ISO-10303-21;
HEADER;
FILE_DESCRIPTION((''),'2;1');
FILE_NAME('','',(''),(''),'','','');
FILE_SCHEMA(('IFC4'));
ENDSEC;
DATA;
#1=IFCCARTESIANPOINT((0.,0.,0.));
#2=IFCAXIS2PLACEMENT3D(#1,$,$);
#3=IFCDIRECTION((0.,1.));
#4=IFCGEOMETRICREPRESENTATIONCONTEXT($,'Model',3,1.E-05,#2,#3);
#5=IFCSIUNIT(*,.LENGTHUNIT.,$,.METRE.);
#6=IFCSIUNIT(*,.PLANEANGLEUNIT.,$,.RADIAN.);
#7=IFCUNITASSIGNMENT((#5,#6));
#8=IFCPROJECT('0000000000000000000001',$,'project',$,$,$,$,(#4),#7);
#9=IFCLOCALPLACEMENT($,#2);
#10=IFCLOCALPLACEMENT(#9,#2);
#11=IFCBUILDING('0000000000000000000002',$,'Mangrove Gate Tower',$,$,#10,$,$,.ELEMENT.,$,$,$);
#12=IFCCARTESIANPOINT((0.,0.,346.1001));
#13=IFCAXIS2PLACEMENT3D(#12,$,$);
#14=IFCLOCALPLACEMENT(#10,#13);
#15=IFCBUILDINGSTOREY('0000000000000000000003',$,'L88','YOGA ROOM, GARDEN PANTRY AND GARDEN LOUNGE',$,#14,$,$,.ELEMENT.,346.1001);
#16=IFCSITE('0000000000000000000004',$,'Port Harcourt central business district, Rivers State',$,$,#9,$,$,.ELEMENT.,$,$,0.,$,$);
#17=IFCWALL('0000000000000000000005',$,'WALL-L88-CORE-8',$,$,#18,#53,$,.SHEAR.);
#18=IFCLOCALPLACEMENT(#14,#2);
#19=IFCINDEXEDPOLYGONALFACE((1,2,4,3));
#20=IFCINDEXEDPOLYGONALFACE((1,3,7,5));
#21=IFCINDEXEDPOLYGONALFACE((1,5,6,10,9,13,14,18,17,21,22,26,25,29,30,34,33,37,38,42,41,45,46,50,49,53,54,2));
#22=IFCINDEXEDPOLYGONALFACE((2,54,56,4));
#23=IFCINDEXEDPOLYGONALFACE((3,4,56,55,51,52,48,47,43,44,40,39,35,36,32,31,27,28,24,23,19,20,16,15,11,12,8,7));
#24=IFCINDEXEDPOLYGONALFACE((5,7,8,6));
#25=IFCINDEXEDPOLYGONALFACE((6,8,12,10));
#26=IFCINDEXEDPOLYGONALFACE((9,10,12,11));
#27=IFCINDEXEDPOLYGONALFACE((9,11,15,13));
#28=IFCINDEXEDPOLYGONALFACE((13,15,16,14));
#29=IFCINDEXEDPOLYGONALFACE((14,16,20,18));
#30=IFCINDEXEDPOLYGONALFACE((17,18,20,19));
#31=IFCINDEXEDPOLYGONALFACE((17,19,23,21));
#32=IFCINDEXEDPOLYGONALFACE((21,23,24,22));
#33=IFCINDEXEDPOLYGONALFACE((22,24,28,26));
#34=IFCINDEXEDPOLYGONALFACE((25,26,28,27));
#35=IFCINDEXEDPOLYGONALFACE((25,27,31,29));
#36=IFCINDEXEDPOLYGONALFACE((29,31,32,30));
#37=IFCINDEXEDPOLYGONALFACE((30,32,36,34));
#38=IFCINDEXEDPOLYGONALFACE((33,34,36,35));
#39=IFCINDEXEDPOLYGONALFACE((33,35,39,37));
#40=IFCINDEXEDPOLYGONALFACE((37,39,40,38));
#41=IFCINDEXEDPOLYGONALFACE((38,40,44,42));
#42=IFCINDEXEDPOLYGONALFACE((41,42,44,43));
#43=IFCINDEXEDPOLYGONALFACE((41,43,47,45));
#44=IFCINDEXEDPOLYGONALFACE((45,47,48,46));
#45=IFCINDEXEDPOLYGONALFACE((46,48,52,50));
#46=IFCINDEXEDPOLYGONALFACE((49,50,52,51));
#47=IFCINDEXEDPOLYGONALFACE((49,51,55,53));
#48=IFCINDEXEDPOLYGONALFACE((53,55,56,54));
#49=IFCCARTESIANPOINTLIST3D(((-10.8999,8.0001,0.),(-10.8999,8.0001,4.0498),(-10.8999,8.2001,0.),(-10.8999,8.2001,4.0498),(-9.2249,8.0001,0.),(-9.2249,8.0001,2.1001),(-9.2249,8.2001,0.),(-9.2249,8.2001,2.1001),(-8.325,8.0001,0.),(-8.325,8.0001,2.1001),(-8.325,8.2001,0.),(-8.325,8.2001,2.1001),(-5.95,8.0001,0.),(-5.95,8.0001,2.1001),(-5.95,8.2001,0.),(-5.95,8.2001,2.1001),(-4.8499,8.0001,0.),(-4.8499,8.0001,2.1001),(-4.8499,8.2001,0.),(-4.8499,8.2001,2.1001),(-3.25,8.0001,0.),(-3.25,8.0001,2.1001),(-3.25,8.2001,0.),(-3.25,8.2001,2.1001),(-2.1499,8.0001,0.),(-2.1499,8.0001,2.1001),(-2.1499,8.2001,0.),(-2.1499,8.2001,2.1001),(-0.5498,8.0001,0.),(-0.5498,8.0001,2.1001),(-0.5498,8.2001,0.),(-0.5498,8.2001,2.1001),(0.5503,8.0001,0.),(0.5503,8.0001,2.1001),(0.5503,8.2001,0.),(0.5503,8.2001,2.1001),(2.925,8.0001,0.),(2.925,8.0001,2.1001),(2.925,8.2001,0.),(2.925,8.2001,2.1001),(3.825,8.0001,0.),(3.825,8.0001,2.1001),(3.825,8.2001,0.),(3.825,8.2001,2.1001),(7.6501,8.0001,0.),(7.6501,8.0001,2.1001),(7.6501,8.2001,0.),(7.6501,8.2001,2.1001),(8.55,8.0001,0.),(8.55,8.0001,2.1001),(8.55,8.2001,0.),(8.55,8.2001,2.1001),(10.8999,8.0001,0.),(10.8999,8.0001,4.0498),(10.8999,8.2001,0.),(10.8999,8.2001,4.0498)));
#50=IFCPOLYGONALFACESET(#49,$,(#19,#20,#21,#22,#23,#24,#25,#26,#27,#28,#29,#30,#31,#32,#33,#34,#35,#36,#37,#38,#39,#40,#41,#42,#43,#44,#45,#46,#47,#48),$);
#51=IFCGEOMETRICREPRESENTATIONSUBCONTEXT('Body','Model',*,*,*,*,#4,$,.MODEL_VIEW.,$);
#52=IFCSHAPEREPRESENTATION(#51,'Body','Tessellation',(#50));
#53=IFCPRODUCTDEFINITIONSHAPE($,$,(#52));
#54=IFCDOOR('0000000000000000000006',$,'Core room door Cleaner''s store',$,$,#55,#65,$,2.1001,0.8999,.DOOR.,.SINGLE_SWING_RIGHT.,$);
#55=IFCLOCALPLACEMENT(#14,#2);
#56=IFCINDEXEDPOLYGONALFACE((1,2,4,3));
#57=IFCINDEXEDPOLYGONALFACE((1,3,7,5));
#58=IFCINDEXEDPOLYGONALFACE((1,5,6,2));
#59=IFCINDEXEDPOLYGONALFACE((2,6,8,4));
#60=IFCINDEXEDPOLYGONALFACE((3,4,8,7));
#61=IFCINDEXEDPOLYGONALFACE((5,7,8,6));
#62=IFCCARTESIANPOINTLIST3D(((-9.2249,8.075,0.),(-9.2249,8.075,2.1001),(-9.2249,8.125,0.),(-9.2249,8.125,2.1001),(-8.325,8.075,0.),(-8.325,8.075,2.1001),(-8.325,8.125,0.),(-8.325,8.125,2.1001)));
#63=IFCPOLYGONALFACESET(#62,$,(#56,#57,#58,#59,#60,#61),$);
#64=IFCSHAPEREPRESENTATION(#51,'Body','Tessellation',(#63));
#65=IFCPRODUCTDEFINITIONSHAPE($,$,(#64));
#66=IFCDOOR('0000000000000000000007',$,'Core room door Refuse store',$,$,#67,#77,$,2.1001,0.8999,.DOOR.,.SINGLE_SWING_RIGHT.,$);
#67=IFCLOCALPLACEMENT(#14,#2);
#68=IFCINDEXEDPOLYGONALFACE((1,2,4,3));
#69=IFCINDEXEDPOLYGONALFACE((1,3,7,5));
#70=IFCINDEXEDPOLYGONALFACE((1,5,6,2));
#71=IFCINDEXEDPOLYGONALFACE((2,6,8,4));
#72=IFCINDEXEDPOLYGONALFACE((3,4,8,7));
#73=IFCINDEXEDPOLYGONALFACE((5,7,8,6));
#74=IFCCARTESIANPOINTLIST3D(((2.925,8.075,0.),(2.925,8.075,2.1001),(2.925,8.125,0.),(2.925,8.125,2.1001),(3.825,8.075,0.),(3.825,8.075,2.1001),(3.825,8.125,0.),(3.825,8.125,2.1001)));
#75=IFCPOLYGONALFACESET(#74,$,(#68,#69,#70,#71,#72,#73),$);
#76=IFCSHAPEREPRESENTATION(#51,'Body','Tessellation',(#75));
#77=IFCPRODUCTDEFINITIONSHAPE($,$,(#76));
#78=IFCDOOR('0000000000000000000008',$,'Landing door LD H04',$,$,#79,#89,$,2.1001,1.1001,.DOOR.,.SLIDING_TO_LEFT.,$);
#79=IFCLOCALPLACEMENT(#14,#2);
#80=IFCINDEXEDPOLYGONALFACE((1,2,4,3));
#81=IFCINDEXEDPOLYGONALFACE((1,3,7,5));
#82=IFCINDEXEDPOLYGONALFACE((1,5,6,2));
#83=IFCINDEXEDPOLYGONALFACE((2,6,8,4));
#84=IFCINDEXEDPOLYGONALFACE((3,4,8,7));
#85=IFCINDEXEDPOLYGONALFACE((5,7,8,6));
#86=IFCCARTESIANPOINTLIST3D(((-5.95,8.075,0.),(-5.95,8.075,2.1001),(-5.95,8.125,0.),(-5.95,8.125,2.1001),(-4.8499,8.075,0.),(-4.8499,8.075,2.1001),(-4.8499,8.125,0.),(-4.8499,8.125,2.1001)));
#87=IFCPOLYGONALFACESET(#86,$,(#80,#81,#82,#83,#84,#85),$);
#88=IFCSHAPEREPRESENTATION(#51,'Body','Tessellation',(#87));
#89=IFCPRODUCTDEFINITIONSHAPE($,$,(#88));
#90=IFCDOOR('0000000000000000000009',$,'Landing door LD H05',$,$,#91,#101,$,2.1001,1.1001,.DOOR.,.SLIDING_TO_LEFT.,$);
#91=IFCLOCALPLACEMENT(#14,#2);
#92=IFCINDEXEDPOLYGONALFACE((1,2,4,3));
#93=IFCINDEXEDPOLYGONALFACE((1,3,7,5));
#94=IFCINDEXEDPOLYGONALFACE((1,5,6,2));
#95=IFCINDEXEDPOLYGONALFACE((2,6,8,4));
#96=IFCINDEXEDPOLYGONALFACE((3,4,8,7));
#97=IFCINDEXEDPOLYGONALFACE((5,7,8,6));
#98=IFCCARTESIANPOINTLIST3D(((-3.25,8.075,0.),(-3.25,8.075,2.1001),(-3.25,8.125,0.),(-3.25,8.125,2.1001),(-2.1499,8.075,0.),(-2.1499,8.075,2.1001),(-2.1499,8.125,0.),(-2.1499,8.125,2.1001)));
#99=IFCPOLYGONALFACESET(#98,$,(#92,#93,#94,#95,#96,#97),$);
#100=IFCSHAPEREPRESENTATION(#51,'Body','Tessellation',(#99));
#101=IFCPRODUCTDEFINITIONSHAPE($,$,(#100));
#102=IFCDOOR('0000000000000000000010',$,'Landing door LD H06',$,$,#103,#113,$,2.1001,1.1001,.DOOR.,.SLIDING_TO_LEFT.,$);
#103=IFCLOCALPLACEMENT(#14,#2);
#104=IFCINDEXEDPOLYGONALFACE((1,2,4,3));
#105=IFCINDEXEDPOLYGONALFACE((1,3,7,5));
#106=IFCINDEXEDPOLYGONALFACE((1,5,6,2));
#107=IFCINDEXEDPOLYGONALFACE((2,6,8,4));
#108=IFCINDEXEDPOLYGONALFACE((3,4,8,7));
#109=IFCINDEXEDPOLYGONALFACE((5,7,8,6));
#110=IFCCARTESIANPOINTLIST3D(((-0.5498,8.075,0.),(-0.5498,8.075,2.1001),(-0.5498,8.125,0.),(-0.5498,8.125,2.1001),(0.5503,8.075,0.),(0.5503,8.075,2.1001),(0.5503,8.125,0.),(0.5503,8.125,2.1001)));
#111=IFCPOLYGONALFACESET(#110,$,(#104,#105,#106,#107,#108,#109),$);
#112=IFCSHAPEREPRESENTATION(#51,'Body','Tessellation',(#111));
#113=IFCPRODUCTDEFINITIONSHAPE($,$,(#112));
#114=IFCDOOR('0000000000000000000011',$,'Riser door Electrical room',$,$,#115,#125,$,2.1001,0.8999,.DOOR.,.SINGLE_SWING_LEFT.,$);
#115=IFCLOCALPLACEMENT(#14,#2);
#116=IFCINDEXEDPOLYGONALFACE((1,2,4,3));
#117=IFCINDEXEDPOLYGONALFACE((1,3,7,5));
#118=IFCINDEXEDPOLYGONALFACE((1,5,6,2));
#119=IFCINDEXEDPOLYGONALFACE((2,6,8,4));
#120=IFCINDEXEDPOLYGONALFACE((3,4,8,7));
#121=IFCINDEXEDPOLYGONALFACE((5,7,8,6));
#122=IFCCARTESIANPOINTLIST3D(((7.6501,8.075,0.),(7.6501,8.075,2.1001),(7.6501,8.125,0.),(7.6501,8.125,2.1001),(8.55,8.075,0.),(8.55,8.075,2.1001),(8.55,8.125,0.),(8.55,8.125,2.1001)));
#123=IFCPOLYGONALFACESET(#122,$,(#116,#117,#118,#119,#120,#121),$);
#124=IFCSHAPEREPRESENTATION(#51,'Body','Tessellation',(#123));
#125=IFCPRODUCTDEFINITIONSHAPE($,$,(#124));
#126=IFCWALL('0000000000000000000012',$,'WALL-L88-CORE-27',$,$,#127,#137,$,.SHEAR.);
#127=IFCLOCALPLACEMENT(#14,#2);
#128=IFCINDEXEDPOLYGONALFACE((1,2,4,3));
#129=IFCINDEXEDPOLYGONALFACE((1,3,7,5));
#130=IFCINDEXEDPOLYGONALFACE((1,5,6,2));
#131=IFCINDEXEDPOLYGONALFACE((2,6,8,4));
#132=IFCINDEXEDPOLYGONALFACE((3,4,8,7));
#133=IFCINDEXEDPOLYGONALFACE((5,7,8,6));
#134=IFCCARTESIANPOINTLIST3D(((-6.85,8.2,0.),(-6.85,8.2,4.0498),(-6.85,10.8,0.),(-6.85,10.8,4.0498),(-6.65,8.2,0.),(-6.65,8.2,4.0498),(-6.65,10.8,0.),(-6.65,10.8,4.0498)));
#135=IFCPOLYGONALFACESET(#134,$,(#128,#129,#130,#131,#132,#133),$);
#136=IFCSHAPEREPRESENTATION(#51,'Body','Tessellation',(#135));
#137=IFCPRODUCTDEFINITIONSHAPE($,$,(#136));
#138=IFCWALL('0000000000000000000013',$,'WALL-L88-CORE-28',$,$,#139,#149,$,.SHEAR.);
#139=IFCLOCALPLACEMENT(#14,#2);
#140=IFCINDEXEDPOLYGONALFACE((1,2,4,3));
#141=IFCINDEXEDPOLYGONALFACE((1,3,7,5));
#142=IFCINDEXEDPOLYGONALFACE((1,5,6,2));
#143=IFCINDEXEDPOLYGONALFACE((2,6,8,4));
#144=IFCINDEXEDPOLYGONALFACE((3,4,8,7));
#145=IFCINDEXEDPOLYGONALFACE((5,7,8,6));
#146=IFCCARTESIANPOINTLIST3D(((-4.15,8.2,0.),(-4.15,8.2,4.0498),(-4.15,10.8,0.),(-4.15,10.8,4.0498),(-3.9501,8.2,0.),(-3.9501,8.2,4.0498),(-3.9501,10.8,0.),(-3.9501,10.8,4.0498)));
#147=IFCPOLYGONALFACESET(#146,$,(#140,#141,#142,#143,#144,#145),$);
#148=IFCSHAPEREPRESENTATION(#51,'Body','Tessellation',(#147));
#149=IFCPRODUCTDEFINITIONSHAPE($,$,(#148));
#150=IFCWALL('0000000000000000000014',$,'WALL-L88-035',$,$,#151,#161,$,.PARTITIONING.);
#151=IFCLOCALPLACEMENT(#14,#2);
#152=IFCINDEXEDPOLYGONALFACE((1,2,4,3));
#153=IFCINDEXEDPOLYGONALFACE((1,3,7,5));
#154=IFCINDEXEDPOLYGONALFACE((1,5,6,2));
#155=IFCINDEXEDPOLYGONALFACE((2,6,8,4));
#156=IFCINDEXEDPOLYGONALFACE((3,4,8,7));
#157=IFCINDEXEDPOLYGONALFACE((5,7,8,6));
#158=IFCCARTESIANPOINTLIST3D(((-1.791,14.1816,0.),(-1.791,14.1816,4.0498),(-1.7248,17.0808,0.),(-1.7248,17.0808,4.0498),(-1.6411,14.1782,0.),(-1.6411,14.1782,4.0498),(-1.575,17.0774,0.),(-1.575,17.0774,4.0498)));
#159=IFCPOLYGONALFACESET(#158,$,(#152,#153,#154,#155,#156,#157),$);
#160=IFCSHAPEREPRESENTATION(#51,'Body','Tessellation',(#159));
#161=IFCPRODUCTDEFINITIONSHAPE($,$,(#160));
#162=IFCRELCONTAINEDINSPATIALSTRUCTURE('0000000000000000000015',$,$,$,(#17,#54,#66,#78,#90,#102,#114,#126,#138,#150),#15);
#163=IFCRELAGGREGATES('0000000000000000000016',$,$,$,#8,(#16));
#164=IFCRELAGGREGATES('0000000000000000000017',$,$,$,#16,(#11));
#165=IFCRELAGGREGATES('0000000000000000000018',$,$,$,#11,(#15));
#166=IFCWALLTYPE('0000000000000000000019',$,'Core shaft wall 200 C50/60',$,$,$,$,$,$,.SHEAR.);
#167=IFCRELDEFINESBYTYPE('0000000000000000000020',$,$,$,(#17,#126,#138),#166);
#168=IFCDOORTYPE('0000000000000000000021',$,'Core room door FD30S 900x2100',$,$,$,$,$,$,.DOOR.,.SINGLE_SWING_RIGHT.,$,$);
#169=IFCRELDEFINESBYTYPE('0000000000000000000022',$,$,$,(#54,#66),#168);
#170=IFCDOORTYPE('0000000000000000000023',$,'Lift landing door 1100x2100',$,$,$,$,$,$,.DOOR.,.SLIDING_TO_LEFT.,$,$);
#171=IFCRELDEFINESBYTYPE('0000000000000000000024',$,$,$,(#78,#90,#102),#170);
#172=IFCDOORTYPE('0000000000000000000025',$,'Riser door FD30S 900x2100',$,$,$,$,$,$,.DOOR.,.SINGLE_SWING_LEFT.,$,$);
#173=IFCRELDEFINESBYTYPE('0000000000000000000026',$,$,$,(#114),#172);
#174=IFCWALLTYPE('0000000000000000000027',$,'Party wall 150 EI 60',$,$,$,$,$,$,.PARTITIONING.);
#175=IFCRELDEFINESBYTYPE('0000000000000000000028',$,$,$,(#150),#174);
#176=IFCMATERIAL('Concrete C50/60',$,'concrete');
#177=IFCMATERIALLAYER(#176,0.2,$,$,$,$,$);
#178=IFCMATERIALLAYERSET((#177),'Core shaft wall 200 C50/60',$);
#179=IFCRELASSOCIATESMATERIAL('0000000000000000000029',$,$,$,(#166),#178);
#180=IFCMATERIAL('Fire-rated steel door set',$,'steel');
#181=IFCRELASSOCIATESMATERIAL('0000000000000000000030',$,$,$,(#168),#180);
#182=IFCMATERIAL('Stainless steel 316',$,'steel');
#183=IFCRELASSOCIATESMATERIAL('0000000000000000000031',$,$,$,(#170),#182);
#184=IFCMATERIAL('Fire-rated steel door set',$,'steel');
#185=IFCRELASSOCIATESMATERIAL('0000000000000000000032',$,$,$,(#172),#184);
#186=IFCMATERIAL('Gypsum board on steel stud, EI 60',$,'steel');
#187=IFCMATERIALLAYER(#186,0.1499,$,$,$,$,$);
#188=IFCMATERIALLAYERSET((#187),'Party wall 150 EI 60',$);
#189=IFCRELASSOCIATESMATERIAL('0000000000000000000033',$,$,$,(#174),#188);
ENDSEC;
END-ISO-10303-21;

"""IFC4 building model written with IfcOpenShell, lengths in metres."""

from ifc_helpers import new_model, si_unit, direction, frame, frame_2d, origin, place, context, subcontext, project, spatial, rectangle, extrude, material, layer, layer_set, type_object, element, fill, save


model = new_model("IFC4")

# Units and contexts
model_context = context("Model", 3, precision=1e-05, world=origin(), true_north=direction((0.0, 1.0)))
body_context = subcontext(model_context, "Body", "Model", "MODEL_VIEW")
ifc_project = project(units=[si_unit("LENGTHUNIT", "METRE"), si_unit("PLANEANGLEUNIT", "RADIAN")], contexts=[model_context])

# Site, building, storey
site_placement = place(None, origin())
site = spatial("IfcSite", under=ifc_project, at=site_placement, Name="Port Harcourt central business district, Rivers State", CompositionType="ELEMENT", RefElevation=0.0)
building_placement = place(site_placement, origin())
building = spatial("IfcBuilding", under=site, at=building_placement, Name="Mangrove Gate Tower", CompositionType="ELEMENT")
storey_placement = place(building_placement, frame((0.0, 0.0, 346.1001)))
storey = spatial("IfcBuildingStorey", under=building, at=storey_placement, Name="L88", Description="YOGA ROOM, GARDEN PANTRY AND GARDEN LOUNGE", CompositionType="ELEMENT", Elevation=346.1001)

# Wall, openings, doors
ifc_material_1 = material(Name="Concrete C50/60", Category="concrete")
ifc_layer_1 = layer(ifc_material_1, 0.2)
ifc_layer_set_1 = layer_set([ifc_layer_1], Name="Core shaft wall 200 C50/60")
wall_type_1 = type_object("IfcWallType", Name="Core shaft wall 200 C50/60", PredefinedType="SHEAR", material=ifc_layer_set_1)
wall_1_placement = place(storey_placement, frame((-10.8999, 8.1001, 0.0), z_axis=(0.0, 0.0, 1.0), x_axis=(1.0, 0.0, 0.0)))
wall_1 = element("IfcWall", 1, at=wall_1_placement, inside=storey, type_object=wall_type_1, Name="WALL-L88-CORE-8", PredefinedType="SHEAR", context=body_context, shape_type="SweptSolid", body=[
    extrude(rectangle(XDim=21.7998, YDim=0.2, at=frame_2d((10.8999, 0.0))), origin(), (0.0, 0.0, 1.0), 4.0498),
])
opening_1_placement = place(wall_1_placement, frame((4.95, 0.0, 0.0)))
opening_1 = element("IfcOpeningElement", 2, at=opening_1_placement, cuts=wall_1, PredefinedType="OPENING", context=body_context, shape_type="SweptSolid", body=[
    extrude(rectangle(XDim=1.1001, YDim=2.1001, at=frame_2d((0.55, 1.05))), frame((0.0, 0.1099, 0.0), z_axis=(0.0, -1.0, 0.0), x_axis=(1.0, 0.0, 0.0)), (0.0, 0.0, 1.0), 0.22),
])
opening_2_placement = place(wall_1_placement, frame((7.6499, 0.0, 0.0)))
opening_2 = element("IfcOpeningElement", 3, at=opening_2_placement, cuts=wall_1, PredefinedType="OPENING", context=body_context, shape_type="SweptSolid", body=[
    extrude(rectangle(XDim=1.1001, YDim=2.1001, at=frame_2d((0.55, 1.05))), frame((0.0, 0.1099, 0.0), z_axis=(0.0, -1.0, 0.0), x_axis=(1.0, 0.0, 0.0)), (0.0, 0.0, 1.0), 0.22),
])
opening_3_placement = place(wall_1_placement, frame((10.3501, 0.0, 0.0)))
opening_3 = element("IfcOpeningElement", 4, at=opening_3_placement, cuts=wall_1, PredefinedType="OPENING", context=body_context, shape_type="SweptSolid", body=[
    extrude(rectangle(XDim=1.1001, YDim=2.1001, at=frame_2d((0.55, 1.05))), frame((0.0, 0.1099, 0.0), z_axis=(0.0, -1.0, 0.0), x_axis=(1.0, 0.0, 0.0)), (0.0, 0.0, 1.0), 0.22),
])
opening_4_placement = place(wall_1_placement, frame((1.675, 0.0, 0.0)))
opening_4 = element("IfcOpeningElement", 5, at=opening_4_placement, cuts=wall_1, PredefinedType="OPENING", context=body_context, shape_type="SweptSolid", body=[
    extrude(rectangle(XDim=0.8999, YDim=2.1001, at=frame_2d((0.45, 1.05))), frame((0.0, 0.1099, 0.0), z_axis=(0.0, -1.0, 0.0), x_axis=(1.0, 0.0, 0.0)), (0.0, 0.0, 1.0), 0.22),
])
opening_5_placement = place(wall_1_placement, frame((13.825, 0.0, 0.0)))
opening_5 = element("IfcOpeningElement", 6, at=opening_5_placement, cuts=wall_1, PredefinedType="OPENING", context=body_context, shape_type="SweptSolid", body=[
    extrude(rectangle(XDim=0.8999, YDim=2.1001, at=frame_2d((0.45, 1.05))), frame((0.0, 0.1099, 0.0), z_axis=(0.0, -1.0, 0.0), x_axis=(1.0, 0.0, 0.0)), (0.0, 0.0, 1.0), 0.22),
])
opening_6_placement = place(wall_1_placement, frame((18.55, 0.0, 0.0)))
opening_6 = element("IfcOpeningElement", 7, at=opening_6_placement, cuts=wall_1, PredefinedType="OPENING", context=body_context, shape_type="SweptSolid", body=[
    extrude(rectangle(XDim=0.8999, YDim=2.1001, at=frame_2d((0.45, 1.05))), frame((0.0, 0.1099, 0.0), z_axis=(0.0, -1.0, 0.0), x_axis=(1.0, 0.0, 0.0)), (0.0, 0.0, 1.0), 0.22),
])
ifc_material_2 = material(Name="Fire-rated steel door set", Category="steel")
door_type_1 = type_object("IfcDoorType", Name="Core room door FD30S 900x2100", OperationType="SINGLE_SWING_RIGHT", PredefinedType="DOOR", material=ifc_material_2)
door_1_placement = place(opening_4_placement, origin())
door_1 = element("IfcDoor", 8, at=door_1_placement, inside=storey, type_object=door_type_1, Name="Core room door Cleaner's store", OperationType="SINGLE_SWING_RIGHT", OverallHeight=2.1001, OverallWidth=0.8999, PredefinedType="DOOR", context=body_context, shape_type="SweptSolid", body=[
    extrude(rectangle(XDim=0.8999, YDim=2.1001, at=frame_2d((0.45, 1.05))), frame((0.0, 0.0249, 0.0), z_axis=(0.0, -1.0, 0.0), x_axis=(1.0, 0.0, 0.0)), (0.0, 0.0, 1.0), 0.05),
])
fill(opening_4, door_1)
door_2_placement = place(opening_5_placement, origin())
door_2 = element("IfcDoor", 9, at=door_2_placement, inside=storey, type_object=door_type_1, Name="Core room door Refuse store", OperationType="SINGLE_SWING_RIGHT", OverallHeight=2.1001, OverallWidth=0.8999, PredefinedType="DOOR", context=body_context, shape_type="SweptSolid", body=[
    extrude(rectangle(XDim=0.8999, YDim=2.1001, at=frame_2d((0.45, 1.05))), frame((0.0, 0.0249, 0.0), z_axis=(0.0, -1.0, 0.0), x_axis=(1.0, 0.0, 0.0)), (0.0, 0.0, 1.0), 0.05),
])
fill(opening_5, door_2)
ifc_material_3 = material(Name="Stainless steel 316", Category="steel")
door_type_2 = type_object("IfcDoorType", Name="Lift landing door 1100x2100", OperationType="SLIDING_TO_LEFT", PredefinedType="DOOR", material=ifc_material_3)
door_3_placement = place(opening_1_placement, origin())
door_3 = element("IfcDoor", 10, at=door_3_placement, inside=storey, type_object=door_type_2, Name="Landing door LD H04", OperationType="SLIDING_TO_LEFT", OverallHeight=2.1001, OverallWidth=1.1001, PredefinedType="DOOR", context=body_context, shape_type="SweptSolid", body=[
    extrude(rectangle(XDim=1.1001, YDim=2.1001, at=frame_2d((0.55, 1.05))), frame((0.0, 0.0249, 0.0), z_axis=(0.0, -1.0, 0.0), x_axis=(1.0, 0.0, 0.0)), (0.0, 0.0, 1.0), 0.05),
])
fill(opening_1, door_3)
door_4_placement = place(opening_2_placement, origin())
door_4 = element("IfcDoor", 11, at=door_4_placement, inside=storey, type_object=door_type_2, Name="Landing door LD H05", OperationType="SLIDING_TO_LEFT", OverallHeight=2.1001, OverallWidth=1.1001, PredefinedType="DOOR", context=body_context, shape_type="SweptSolid", body=[
    extrude(rectangle(XDim=1.1001, YDim=2.1001, at=frame_2d((0.55, 1.05))), frame((0.0, 0.0249, 0.0), z_axis=(0.0, -1.0, 0.0), x_axis=(1.0, 0.0, 0.0)), (0.0, 0.0, 1.0), 0.05),
])
fill(opening_2, door_4)
door_5_placement = place(opening_3_placement, origin())
door_5 = element("IfcDoor", 12, at=door_5_placement, inside=storey, type_object=door_type_2, Name="Landing door LD H06", OperationType="SLIDING_TO_LEFT", OverallHeight=2.1001, OverallWidth=1.1001, PredefinedType="DOOR", context=body_context, shape_type="SweptSolid", body=[
    extrude(rectangle(XDim=1.1001, YDim=2.1001, at=frame_2d((0.55, 1.05))), frame((0.0, 0.0249, 0.0), z_axis=(0.0, -1.0, 0.0), x_axis=(1.0, 0.0, 0.0)), (0.0, 0.0, 1.0), 0.05),
])
fill(opening_3, door_5)
ifc_material_4 = material(Name="Fire-rated steel door set", Category="steel")
door_type_3 = type_object("IfcDoorType", Name="Riser door FD30S 900x2100", OperationType="SINGLE_SWING_LEFT", PredefinedType="DOOR", material=ifc_material_4)
door_6_placement = place(opening_6_placement, origin())
door_6 = element("IfcDoor", 13, at=door_6_placement, inside=storey, type_object=door_type_3, Name="Riser door Electrical room", OperationType="SINGLE_SWING_LEFT", OverallHeight=2.1001, OverallWidth=0.8999, PredefinedType="DOOR", context=body_context, shape_type="SweptSolid", body=[
    extrude(rectangle(XDim=0.8999, YDim=2.1001, at=frame_2d((0.45, 1.05))), frame((0.0, 0.0249, 0.0), z_axis=(0.0, -1.0, 0.0), x_axis=(1.0, 0.0, 0.0)), (0.0, 0.0, 1.0), 0.05),
])
fill(opening_6, door_6)

# Walls
for number, where, z_axis, x_axis, name in (
    (14, (-6.75, 8.2, 0.0), (0.0, 0.0, 1.0), (0.0, 1.0, 0.0), "WALL-L88-CORE-27"),
    (15, (-4.05, 8.2, 0.0), (0.0, 0.0, 1.0), (0.0, 1.0, 0.0), "WALL-L88-CORE-28"),
):
    element("IfcWall", number, at=place(storey_placement, frame(where, z_axis=z_axis, x_axis=x_axis)), inside=storey, type_object=wall_type_1, Name=name, PredefinedType="SHEAR", context=body_context, shape_type="SweptSolid", body=[
        extrude(rectangle(XDim=2.6001, YDim=0.2, at=frame_2d((1.3, 0.0))), origin(), (0.0, 0.0, 1.0), 4.0498),
    ])
ifc_material_5 = material(Name="Gypsum board on steel stud, EI 60", Category="steel")
ifc_layer_2 = layer(ifc_material_5, 0.1499)
ifc_layer_set_2 = layer_set([ifc_layer_2], Name="Party wall 150 EI 60")
wall_type_2 = type_object("IfcWallType", Name="Party wall 150 EI 60", PredefinedType="PARTITIONING", material=ifc_layer_set_2)
wall_2_placement = place(storey_placement, frame((-1.7161, 14.1799, 0.0), z_axis=(0.0, 0.0, 1.0), x_axis=(0.022815, 0.99974, 0.0)))
element("IfcWall", 16, at=wall_2_placement, inside=storey, type_object=wall_type_2, Name="WALL-L88-035", PredefinedType="PARTITIONING", context=body_context, shape_type="SweptSolid", body=[
    extrude(rectangle(XDim=2.8999, YDim=0.1499, at=frame_2d((1.45, 0.0))), origin(), (0.0, 0.0, 1.0), 4.0498),
])

save(model, "model.ifc")
